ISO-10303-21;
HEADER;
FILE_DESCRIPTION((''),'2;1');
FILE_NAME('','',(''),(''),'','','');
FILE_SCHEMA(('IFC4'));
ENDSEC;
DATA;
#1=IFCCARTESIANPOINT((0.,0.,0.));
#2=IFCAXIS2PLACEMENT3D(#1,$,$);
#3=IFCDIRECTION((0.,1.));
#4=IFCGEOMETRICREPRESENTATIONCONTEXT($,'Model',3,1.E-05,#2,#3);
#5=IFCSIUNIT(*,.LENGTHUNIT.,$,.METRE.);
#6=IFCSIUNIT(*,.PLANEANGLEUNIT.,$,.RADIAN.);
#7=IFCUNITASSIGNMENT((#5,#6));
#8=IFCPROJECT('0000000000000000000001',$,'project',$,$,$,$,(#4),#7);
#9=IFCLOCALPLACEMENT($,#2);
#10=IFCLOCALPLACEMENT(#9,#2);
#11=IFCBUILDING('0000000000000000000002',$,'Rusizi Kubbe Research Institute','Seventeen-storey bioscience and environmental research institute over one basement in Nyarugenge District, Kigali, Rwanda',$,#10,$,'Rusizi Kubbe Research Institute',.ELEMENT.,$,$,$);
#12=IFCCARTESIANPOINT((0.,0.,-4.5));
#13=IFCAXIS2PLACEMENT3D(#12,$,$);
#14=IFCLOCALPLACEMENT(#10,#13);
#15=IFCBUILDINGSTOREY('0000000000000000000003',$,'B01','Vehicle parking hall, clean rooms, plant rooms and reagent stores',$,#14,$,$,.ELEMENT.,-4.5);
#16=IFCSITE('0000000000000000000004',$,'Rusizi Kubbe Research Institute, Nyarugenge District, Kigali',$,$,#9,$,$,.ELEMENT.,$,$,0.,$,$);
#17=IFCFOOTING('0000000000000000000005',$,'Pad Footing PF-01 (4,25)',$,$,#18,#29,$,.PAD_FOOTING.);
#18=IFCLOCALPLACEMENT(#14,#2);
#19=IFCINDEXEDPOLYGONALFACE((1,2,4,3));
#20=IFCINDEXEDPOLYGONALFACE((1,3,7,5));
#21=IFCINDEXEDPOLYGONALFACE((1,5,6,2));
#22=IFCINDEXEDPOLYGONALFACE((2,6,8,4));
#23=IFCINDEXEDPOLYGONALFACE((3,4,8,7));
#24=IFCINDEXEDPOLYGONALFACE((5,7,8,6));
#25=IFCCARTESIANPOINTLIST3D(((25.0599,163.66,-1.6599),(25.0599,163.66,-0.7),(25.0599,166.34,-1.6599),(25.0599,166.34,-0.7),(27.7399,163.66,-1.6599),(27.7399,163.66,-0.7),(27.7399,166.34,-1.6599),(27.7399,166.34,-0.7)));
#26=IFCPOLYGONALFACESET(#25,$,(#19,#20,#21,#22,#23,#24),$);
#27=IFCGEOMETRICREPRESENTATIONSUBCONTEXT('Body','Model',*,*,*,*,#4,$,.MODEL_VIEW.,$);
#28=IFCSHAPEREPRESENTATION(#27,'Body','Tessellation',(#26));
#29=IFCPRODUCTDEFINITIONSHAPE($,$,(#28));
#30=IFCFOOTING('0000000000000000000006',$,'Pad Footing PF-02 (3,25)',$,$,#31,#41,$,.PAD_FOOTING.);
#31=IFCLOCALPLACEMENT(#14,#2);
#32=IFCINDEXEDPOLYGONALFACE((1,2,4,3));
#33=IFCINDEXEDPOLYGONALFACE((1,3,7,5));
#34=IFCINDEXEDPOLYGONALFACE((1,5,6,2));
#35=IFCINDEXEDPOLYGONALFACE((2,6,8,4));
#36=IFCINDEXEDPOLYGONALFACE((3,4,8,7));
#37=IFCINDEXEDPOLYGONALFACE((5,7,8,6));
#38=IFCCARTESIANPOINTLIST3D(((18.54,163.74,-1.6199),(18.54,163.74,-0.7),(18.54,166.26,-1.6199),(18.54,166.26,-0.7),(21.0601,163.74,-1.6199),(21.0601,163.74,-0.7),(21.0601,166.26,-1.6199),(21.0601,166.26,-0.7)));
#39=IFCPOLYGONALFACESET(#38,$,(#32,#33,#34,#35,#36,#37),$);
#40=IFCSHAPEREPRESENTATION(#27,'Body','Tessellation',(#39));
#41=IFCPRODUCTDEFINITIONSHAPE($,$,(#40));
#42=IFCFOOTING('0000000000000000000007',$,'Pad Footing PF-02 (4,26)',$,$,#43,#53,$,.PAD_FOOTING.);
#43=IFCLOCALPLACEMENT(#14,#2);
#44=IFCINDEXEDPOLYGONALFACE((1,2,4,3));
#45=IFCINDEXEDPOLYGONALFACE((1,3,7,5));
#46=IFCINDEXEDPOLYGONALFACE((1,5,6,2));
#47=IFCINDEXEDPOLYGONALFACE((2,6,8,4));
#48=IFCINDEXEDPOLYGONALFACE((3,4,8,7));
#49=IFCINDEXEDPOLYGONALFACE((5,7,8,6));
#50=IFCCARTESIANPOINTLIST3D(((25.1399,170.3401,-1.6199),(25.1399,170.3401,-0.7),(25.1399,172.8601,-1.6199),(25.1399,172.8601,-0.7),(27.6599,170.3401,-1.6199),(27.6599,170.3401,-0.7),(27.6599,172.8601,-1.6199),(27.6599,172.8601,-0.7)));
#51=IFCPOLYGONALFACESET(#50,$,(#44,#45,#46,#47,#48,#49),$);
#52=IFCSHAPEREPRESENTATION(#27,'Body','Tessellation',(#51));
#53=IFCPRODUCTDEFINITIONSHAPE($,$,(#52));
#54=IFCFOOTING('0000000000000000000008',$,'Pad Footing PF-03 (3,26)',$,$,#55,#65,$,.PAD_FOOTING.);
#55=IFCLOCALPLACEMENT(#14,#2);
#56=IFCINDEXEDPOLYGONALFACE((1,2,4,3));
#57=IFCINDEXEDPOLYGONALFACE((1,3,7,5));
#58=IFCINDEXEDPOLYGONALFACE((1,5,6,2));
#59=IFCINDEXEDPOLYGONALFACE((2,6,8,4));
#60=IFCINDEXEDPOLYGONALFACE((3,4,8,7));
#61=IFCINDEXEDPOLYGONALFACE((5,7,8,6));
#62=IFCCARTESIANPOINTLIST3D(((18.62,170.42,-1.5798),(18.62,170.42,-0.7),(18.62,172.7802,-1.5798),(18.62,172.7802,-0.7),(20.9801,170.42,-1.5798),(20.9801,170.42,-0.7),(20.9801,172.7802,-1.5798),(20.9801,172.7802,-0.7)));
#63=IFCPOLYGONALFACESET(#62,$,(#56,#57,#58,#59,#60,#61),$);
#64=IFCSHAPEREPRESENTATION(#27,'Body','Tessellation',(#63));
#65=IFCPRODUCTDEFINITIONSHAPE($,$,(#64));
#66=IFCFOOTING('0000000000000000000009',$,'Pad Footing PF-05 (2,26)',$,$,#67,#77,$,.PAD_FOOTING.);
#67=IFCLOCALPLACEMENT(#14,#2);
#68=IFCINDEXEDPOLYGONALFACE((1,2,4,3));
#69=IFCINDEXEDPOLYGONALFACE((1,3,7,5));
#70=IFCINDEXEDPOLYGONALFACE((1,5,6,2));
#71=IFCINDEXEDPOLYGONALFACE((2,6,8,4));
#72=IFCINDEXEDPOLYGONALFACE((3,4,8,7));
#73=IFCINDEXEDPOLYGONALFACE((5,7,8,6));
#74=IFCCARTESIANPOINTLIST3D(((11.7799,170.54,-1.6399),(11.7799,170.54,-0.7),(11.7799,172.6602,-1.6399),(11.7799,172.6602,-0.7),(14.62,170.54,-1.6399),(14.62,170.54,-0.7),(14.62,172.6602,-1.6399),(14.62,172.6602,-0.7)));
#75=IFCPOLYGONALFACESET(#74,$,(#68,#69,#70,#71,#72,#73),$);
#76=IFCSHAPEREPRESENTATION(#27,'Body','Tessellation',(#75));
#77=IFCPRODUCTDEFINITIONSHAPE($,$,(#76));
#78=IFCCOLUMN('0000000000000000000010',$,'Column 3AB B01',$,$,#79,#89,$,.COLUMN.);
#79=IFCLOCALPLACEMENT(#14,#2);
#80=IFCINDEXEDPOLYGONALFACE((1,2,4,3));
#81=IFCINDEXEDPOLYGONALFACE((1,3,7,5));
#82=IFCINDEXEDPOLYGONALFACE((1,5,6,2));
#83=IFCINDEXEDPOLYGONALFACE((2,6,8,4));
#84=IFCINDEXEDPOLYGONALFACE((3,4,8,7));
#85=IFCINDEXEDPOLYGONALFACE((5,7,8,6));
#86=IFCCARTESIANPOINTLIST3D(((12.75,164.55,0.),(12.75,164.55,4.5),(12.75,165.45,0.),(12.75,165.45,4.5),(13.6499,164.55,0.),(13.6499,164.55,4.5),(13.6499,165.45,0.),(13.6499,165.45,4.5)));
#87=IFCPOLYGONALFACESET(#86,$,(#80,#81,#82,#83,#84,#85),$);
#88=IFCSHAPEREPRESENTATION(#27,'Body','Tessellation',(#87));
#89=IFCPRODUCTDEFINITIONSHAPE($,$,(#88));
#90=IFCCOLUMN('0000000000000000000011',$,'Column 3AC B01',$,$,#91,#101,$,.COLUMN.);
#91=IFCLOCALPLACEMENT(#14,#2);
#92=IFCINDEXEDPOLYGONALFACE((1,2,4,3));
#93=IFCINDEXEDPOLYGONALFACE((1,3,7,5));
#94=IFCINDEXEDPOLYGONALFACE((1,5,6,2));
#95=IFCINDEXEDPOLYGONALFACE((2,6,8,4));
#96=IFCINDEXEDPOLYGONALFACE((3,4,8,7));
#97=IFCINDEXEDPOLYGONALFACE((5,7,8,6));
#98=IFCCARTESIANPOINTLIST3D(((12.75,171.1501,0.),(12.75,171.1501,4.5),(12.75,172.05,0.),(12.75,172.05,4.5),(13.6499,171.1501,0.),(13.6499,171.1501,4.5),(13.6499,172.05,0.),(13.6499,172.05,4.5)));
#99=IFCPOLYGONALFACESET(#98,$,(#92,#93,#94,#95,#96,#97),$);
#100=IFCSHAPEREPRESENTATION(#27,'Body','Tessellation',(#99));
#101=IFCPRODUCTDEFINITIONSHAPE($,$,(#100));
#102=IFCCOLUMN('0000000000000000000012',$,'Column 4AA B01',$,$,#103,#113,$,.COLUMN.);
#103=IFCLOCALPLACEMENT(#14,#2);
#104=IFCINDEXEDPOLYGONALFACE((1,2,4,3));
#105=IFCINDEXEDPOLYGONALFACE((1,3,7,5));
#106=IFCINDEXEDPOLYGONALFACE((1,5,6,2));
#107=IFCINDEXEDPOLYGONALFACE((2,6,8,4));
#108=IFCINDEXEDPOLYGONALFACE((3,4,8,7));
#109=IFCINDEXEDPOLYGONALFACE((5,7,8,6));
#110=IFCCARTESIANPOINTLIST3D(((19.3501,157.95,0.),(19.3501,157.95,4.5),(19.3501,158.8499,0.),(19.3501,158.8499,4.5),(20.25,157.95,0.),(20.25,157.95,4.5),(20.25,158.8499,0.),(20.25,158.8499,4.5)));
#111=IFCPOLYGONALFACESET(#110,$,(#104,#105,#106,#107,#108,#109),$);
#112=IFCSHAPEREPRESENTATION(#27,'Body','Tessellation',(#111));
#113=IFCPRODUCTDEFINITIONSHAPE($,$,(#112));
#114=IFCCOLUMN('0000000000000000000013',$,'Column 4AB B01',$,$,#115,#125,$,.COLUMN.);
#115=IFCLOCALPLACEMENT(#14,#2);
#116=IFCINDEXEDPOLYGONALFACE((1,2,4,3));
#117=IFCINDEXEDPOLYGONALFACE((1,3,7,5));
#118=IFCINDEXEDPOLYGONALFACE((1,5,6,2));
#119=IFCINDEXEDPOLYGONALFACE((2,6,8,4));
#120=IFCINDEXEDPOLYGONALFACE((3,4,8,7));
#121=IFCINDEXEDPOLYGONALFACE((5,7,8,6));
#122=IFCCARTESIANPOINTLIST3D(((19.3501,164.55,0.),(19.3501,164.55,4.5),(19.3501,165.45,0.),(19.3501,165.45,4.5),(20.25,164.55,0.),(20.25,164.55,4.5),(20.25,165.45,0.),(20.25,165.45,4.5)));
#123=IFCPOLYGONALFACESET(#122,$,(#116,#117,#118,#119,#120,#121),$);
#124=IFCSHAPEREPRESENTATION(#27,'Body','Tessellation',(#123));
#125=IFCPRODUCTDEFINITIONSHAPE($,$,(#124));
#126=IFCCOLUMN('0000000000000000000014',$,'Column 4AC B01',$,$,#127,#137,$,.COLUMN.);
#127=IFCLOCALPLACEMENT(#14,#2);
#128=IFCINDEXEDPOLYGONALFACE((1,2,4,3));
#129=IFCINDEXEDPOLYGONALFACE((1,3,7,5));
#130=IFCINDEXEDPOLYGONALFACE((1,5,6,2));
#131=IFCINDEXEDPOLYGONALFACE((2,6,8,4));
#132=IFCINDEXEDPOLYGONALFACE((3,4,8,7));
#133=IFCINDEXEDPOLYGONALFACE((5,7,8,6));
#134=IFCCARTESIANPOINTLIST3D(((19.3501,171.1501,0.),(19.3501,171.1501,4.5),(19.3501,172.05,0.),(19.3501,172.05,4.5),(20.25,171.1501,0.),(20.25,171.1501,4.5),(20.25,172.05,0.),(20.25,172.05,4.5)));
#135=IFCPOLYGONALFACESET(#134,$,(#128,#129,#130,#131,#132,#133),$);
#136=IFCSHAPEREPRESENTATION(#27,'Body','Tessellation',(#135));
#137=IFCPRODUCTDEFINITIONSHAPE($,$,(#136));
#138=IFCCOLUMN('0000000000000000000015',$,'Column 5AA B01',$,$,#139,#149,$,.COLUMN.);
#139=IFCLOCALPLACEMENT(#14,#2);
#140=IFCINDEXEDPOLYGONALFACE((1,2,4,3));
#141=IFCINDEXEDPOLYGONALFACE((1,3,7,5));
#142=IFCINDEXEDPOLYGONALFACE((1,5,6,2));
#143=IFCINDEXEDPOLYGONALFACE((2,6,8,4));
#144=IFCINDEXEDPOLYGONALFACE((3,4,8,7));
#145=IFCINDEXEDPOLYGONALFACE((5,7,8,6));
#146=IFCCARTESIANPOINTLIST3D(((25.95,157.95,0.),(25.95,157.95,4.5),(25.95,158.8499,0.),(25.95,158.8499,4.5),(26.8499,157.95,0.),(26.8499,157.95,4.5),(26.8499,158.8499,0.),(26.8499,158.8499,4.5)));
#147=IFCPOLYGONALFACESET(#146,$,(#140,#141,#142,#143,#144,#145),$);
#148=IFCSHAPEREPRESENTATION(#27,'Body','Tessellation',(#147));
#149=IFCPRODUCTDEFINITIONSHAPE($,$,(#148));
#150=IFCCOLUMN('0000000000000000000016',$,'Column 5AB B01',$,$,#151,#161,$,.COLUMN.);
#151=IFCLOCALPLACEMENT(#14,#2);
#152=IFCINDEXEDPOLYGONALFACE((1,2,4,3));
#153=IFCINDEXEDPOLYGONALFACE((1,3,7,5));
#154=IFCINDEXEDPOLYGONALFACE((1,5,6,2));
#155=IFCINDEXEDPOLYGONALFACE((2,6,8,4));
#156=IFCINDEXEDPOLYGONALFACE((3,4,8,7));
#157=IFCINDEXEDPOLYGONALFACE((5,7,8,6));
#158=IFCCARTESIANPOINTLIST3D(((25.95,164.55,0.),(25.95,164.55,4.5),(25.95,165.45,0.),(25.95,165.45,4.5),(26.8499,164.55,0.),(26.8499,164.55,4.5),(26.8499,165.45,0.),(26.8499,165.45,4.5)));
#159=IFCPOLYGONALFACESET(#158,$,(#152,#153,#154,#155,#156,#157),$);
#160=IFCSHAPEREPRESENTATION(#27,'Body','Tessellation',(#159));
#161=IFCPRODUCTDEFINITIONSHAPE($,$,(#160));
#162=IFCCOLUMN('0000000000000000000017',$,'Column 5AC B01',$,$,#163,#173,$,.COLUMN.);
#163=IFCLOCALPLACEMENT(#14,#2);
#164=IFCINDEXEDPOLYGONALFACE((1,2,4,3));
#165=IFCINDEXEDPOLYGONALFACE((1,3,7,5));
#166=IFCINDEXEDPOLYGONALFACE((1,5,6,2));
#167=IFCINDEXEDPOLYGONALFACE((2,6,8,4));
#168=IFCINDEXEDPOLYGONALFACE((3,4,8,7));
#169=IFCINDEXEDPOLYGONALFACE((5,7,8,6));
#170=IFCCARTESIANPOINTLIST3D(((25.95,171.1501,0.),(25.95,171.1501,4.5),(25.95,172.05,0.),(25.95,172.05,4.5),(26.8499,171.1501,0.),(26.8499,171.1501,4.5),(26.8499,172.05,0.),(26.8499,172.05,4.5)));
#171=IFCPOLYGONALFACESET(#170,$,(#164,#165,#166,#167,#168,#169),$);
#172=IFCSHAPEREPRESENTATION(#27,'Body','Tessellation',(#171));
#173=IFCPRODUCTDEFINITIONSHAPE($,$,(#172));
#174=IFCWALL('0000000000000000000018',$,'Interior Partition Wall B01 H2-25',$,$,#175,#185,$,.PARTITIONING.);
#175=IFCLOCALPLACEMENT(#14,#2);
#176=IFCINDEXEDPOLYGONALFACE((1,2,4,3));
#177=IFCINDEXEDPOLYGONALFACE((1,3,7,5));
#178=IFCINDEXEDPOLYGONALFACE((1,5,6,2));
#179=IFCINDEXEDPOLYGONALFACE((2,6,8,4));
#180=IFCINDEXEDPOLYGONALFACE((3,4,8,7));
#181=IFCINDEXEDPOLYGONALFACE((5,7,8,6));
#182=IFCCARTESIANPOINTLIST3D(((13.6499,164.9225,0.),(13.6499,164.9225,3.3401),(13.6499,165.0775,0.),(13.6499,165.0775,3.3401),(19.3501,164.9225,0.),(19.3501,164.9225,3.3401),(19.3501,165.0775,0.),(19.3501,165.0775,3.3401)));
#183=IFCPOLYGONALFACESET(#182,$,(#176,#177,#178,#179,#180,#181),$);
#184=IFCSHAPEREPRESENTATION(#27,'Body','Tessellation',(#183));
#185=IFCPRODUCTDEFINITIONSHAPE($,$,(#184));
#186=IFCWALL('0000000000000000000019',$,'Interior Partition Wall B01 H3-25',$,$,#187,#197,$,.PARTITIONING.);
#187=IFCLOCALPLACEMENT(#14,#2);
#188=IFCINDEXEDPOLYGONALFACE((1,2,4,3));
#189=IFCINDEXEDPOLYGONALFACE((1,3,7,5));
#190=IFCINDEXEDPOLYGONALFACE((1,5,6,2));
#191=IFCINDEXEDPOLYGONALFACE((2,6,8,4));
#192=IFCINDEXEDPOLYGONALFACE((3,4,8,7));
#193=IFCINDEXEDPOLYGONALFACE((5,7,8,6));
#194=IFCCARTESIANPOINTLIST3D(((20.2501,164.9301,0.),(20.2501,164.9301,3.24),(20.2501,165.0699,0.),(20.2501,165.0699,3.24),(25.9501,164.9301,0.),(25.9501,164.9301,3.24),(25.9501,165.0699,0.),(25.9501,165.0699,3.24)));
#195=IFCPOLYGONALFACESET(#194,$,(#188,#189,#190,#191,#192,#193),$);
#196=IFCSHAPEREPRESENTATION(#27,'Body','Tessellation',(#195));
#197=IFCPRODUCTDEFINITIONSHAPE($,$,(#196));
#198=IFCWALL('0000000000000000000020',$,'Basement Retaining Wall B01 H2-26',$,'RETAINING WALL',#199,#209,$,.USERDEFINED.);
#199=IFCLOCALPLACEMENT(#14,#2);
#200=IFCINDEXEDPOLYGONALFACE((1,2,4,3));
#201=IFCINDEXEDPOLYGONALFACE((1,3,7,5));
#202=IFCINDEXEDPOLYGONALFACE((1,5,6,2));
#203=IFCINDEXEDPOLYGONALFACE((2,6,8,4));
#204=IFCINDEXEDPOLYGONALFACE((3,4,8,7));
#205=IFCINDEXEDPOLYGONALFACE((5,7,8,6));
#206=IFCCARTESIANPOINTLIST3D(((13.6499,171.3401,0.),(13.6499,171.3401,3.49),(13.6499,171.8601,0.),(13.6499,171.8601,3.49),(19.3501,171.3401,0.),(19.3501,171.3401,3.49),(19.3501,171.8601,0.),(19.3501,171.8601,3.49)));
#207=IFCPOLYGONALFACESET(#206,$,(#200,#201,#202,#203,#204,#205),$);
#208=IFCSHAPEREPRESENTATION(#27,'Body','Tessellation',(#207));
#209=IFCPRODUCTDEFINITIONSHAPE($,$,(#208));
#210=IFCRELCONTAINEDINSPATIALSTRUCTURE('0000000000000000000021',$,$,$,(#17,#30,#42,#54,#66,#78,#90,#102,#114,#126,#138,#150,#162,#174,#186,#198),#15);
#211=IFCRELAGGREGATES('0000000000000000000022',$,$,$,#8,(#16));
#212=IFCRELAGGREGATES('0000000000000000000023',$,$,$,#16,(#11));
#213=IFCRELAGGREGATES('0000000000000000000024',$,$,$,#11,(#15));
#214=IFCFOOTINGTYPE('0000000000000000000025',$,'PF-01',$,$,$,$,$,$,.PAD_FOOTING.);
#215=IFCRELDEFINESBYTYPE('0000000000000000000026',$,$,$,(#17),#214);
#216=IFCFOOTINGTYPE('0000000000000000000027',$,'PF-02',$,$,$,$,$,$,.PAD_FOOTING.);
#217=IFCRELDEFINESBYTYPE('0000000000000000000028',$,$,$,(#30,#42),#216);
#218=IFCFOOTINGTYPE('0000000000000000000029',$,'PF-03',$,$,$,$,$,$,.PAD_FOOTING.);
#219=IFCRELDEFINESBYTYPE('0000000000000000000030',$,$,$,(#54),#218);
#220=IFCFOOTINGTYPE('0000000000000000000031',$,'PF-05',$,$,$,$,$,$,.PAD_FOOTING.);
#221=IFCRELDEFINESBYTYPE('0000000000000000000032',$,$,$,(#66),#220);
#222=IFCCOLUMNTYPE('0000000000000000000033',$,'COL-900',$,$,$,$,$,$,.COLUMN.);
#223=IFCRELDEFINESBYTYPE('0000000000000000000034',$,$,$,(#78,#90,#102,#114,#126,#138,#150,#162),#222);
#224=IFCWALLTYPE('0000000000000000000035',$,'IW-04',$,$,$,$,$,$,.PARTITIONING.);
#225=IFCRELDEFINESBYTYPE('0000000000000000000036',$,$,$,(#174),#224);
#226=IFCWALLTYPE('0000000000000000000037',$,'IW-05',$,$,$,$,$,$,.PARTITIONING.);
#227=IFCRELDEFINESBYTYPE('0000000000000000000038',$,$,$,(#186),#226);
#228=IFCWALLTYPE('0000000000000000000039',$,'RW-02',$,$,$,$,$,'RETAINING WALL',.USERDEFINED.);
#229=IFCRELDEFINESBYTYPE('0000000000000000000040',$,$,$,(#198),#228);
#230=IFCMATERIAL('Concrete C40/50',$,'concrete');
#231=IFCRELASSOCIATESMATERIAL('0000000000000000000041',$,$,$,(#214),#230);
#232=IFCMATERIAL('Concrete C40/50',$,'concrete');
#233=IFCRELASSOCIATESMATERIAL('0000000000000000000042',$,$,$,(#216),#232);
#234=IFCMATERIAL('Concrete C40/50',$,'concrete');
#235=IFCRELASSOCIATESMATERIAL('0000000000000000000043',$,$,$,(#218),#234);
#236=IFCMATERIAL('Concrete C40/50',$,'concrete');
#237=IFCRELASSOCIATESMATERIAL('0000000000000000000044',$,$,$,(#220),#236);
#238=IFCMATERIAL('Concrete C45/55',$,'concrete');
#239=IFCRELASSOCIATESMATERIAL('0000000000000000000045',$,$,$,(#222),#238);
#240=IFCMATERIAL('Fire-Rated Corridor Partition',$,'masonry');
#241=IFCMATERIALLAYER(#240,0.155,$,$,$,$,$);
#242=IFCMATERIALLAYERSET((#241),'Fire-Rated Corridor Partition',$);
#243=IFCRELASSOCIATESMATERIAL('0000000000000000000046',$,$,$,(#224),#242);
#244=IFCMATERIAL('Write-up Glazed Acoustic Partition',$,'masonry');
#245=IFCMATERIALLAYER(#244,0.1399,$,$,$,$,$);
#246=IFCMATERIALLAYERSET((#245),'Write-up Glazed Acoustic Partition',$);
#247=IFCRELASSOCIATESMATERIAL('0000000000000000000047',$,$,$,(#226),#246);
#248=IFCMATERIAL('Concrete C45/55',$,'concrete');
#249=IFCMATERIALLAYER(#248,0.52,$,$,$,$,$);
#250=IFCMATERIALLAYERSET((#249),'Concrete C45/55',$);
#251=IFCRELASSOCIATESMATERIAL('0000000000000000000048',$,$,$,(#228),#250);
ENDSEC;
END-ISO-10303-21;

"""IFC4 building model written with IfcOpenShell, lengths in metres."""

from ifc_helpers import new_model, si_unit, direction, frame, frame_2d, origin, origin_2d, place, context, subcontext, project, spatial, rectangle, extrude, material, layer, layer_set, material_profile, profile_set, type_object, element, save


model = new_model("IFC4")

# Units and contexts
model_context = context("Model", 3, precision=1e-05, world=origin(), true_north=direction((0.0, 1.0)))
body_context = subcontext(model_context, "Body", "Model", "MODEL_VIEW")
ifc_project = project(units=[si_unit("LENGTHUNIT", "METRE"), si_unit("PLANEANGLEUNIT", "RADIAN")], contexts=[model_context])

# Site, building, storey
site_placement = place(None, origin())
site = spatial("IfcSite", under=ifc_project, at=site_placement, Name="Rusizi Kubbe Research Institute, Nyarugenge District, Kigali", CompositionType="ELEMENT", RefElevation=0.0)
building_placement = place(site_placement, origin())
building = spatial("IfcBuilding", under=site, at=building_placement, Name="Rusizi Kubbe Research Institute", Description="Seventeen-storey bioscience and environmental research institute over one basement in Nyarugenge District, Kigali, Rwanda", LongName="Rusizi Kubbe Research Institute", CompositionType="ELEMENT")
storey_placement = place(building_placement, frame((0.0, 0.0, -4.5)))
storey = spatial("IfcBuildingStorey", under=building, at=storey_placement, Name="B01", Description="Vehicle parking hall, clean rooms, plant rooms and reagent stores", CompositionType="ELEMENT", Elevation=-4.5)

# Footings
ifc_material_1 = material(Name="Concrete C40/50", Category="concrete")
footing_type_1 = type_object("IfcFootingType", Name="PF-01", PredefinedType="PAD_FOOTING", material=ifc_material_1)
footing_1_placement = place(storey_placement, frame((26.3999, 165.0, -1.6599), z_axis=(0.0, 0.0, 1.0), x_axis=(1.0, 0.0, 0.0)))
element("IfcFooting", 1, at=footing_1_placement, inside=storey, type_object=footing_type_1, Name="Pad Footing PF-01 (4,25)", PredefinedType="PAD_FOOTING", context=body_context, shape_type="SweptSolid", body=[
    extrude(rectangle(XDim=2.6799, YDim=2.6799, at=origin_2d()), origin(), (0.0, 0.0, 1.0), 0.96),
])
ifc_material_2 = material(Name="Concrete C40/50", Category="concrete")
footing_type_2 = type_object("IfcFootingType", Name="PF-02", PredefinedType="PAD_FOOTING", material=ifc_material_2)
for number, where, z_axis, x_axis, name in (
    (2, (19.8, 165.0, -1.6199), (0.0, 0.0, 1.0), (1.0, 0.0, 0.0), "Pad Footing PF-02 (3,25)"),
    (3, (26.3999, 171.6001, -1.6199), (0.0, 0.0, 1.0), (1.0, 0.0, 0.0), "Pad Footing PF-02 (4,26)"),
):
    element("IfcFooting", number, at=place(storey_placement, frame(where, z_axis=z_axis, x_axis=x_axis)), inside=storey, type_object=footing_type_2, Name=name, PredefinedType="PAD_FOOTING", context=body_context, shape_type="SweptSolid", body=[
        extrude(rectangle(XDim=2.52, YDim=2.52, at=origin_2d()), origin(), (0.0, 0.0, 1.0), 0.9199),
    ])
ifc_material_3 = material(Name="Concrete C40/50", Category="concrete")
footing_type_3 = type_object("IfcFootingType", Name="PF-03", PredefinedType="PAD_FOOTING", material=ifc_material_3)
footing_2_placement = place(storey_placement, frame((19.8, 171.6001, -1.5798), z_axis=(0.0, 0.0, 1.0), x_axis=(1.0, 0.0, 0.0)))
element("IfcFooting", 4, at=footing_2_placement, inside=storey, type_object=footing_type_3, Name="Pad Footing PF-03 (3,26)", PredefinedType="PAD_FOOTING", context=body_context, shape_type="SweptSolid", body=[
    extrude(rectangle(XDim=2.3601, YDim=2.3601, at=origin_2d()), origin(), (0.0, 0.0, 1.0), 0.8799),
])
ifc_material_4 = material(Name="Concrete C40/50", Category="concrete")
footing_type_4 = type_object("IfcFootingType", Name="PF-05", PredefinedType="PAD_FOOTING", material=ifc_material_4)
footing_3_placement = place(storey_placement, frame((13.2, 171.6001, -1.6399), z_axis=(0.0, 0.0, 1.0), x_axis=(1.0, 0.0, 0.0)))
element("IfcFooting", 5, at=footing_3_placement, inside=storey, type_object=footing_type_4, Name="Pad Footing PF-05 (2,26)", PredefinedType="PAD_FOOTING", context=body_context, shape_type="SweptSolid", body=[
    extrude(rectangle(XDim=2.8401, YDim=2.1201, at=origin_2d()), origin(), (0.0, 0.0, 1.0), 0.9399),
])

# Columns
ifc_material_5 = material(Name="Concrete C45/55", Category="concrete")
ifc_material_profile = material_profile(ifc_material_5, rectangle(XDim=0.8999, YDim=0.8999, at=origin_2d()), Name="RC900x900")
ifc_profile_set = profile_set([ifc_material_profile], Name="Concrete C45/55")
column_type = type_object("IfcColumnType", Name="COL-900", PredefinedType="COLUMN", material=ifc_profile_set)
for number, where, z_axis, x_axis, name in (
    (6, (13.2, 165.0, 0.0), (0.0, 0.0, 1.0), (1.0, 0.0, 0.0), "Column 3AB B01"),
    (7, (13.2, 171.6001, 0.0), (0.0, 0.0, 1.0), (1.0, 0.0, 0.0), "Column 3AC B01"),
    (8, (19.8, 158.3999, 0.0), (0.0, 0.0, 1.0), (1.0, 0.0, 0.0), "Column 4AA B01"),
    (9, (19.8, 165.0, 0.0), (0.0, 0.0, 1.0), (1.0, 0.0, 0.0), "Column 4AB B01"),
    (10, (19.8, 171.6001, 0.0), (0.0, 0.0, 1.0), (1.0, 0.0, 0.0), "Column 4AC B01"),
    (11, (26.3999, 158.3999, 0.0), (0.0, 0.0, 1.0), (1.0, 0.0, 0.0), "Column 5AA B01"),
    (12, (26.3999, 165.0, 0.0), (0.0, 0.0, 1.0), (1.0, 0.0, 0.0), "Column 5AB B01"),
    (13, (26.3999, 171.6001, 0.0), (0.0, 0.0, 1.0), (1.0, 0.0, 0.0), "Column 5AC B01"),
):
    element("IfcColumn", number, at=place(storey_placement, frame(where, z_axis=z_axis, x_axis=x_axis)), inside=storey, type_object=column_type, Name=name, PredefinedType="COLUMN", context=body_context, shape_type="SweptSolid", body=[
        extrude(rectangle(XDim=0.8999, YDim=0.8999, at=origin_2d()), origin(), (0.0, 0.0, 1.0), 4.5),
    ])

# Walls
ifc_material_6 = material(Name="Fire-Rated Corridor Partition", Category="masonry")
ifc_layer_1 = layer(ifc_material_6, 0.155)
ifc_layer_set_1 = layer_set([ifc_layer_1], Name="Fire-Rated Corridor Partition")
wall_type_1 = type_object("IfcWallType", Name="IW-04", PredefinedType="PARTITIONING", material=ifc_layer_set_1)
wall_1_placement = place(storey_placement, frame((13.6499, 165.0, 0.0), z_axis=(0.0, 0.0, 1.0), x_axis=(1.0, 0.0, 0.0)))
element("IfcWall", 14, at=wall_1_placement, inside=storey, type_object=wall_type_1, Name="Interior Partition Wall B01 H2-25", PredefinedType="PARTITIONING", context=body_context, shape_type="SweptSolid", body=[
    extrude(rectangle(XDim=5.7002, YDim=0.155, at=frame_2d((2.8501, 0.0))), origin(), (0.0, 0.0, 1.0), 3.3401),
])
ifc_material_7 = material(Name="Write-up Glazed Acoustic Partition", Category="masonry")
ifc_layer_2 = layer(ifc_material_7, 0.1399)
ifc_layer_set_2 = layer_set([ifc_layer_2], Name="Write-up Glazed Acoustic Partition")
wall_type_2 = type_object("IfcWallType", Name="IW-05", PredefinedType="PARTITIONING", material=ifc_layer_set_2)
wall_2_placement = place(storey_placement, frame((20.25, 165.0, 0.0), z_axis=(0.0, 0.0, 1.0), x_axis=(1.0, 0.0, 0.0)))
element("IfcWall", 15, at=wall_2_placement, inside=storey, type_object=wall_type_2, Name="Interior Partition Wall B01 H3-25", PredefinedType="PARTITIONING", context=body_context, shape_type="SweptSolid", body=[
    extrude(rectangle(XDim=5.7, YDim=0.1399, at=frame_2d((2.8501, 0.0))), origin(), (0.0, 0.0, 1.0), 3.24),
])
ifc_material_8 = material(Name="Concrete C45/55", Category="concrete")
ifc_layer_3 = layer(ifc_material_8, 0.52)
ifc_layer_set_3 = layer_set([ifc_layer_3], Name="Concrete C45/55")
wall_type_3 = type_object("IfcWallType", Name="RW-02", ElementType="RETAINING WALL", PredefinedType="USERDEFINED", material=ifc_layer_set_3)
wall_3_placement = place(storey_placement, frame((13.6499, 171.6001, 0.0), z_axis=(0.0, 0.0, 1.0), x_axis=(1.0, 0.0, 0.0)))
element("IfcWall", 16, at=wall_3_placement, inside=storey, type_object=wall_type_3, Name="Basement Retaining Wall B01 H2-26", ObjectType="RETAINING WALL", PredefinedType="USERDEFINED", context=body_context, shape_type="SweptSolid", body=[
    extrude(rectangle(XDim=5.7002, YDim=0.52, at=frame_2d((2.8501, 0.0))), origin(), (0.0, 0.0, 1.0), 3.49),
])

save(model, "model.ifc")
